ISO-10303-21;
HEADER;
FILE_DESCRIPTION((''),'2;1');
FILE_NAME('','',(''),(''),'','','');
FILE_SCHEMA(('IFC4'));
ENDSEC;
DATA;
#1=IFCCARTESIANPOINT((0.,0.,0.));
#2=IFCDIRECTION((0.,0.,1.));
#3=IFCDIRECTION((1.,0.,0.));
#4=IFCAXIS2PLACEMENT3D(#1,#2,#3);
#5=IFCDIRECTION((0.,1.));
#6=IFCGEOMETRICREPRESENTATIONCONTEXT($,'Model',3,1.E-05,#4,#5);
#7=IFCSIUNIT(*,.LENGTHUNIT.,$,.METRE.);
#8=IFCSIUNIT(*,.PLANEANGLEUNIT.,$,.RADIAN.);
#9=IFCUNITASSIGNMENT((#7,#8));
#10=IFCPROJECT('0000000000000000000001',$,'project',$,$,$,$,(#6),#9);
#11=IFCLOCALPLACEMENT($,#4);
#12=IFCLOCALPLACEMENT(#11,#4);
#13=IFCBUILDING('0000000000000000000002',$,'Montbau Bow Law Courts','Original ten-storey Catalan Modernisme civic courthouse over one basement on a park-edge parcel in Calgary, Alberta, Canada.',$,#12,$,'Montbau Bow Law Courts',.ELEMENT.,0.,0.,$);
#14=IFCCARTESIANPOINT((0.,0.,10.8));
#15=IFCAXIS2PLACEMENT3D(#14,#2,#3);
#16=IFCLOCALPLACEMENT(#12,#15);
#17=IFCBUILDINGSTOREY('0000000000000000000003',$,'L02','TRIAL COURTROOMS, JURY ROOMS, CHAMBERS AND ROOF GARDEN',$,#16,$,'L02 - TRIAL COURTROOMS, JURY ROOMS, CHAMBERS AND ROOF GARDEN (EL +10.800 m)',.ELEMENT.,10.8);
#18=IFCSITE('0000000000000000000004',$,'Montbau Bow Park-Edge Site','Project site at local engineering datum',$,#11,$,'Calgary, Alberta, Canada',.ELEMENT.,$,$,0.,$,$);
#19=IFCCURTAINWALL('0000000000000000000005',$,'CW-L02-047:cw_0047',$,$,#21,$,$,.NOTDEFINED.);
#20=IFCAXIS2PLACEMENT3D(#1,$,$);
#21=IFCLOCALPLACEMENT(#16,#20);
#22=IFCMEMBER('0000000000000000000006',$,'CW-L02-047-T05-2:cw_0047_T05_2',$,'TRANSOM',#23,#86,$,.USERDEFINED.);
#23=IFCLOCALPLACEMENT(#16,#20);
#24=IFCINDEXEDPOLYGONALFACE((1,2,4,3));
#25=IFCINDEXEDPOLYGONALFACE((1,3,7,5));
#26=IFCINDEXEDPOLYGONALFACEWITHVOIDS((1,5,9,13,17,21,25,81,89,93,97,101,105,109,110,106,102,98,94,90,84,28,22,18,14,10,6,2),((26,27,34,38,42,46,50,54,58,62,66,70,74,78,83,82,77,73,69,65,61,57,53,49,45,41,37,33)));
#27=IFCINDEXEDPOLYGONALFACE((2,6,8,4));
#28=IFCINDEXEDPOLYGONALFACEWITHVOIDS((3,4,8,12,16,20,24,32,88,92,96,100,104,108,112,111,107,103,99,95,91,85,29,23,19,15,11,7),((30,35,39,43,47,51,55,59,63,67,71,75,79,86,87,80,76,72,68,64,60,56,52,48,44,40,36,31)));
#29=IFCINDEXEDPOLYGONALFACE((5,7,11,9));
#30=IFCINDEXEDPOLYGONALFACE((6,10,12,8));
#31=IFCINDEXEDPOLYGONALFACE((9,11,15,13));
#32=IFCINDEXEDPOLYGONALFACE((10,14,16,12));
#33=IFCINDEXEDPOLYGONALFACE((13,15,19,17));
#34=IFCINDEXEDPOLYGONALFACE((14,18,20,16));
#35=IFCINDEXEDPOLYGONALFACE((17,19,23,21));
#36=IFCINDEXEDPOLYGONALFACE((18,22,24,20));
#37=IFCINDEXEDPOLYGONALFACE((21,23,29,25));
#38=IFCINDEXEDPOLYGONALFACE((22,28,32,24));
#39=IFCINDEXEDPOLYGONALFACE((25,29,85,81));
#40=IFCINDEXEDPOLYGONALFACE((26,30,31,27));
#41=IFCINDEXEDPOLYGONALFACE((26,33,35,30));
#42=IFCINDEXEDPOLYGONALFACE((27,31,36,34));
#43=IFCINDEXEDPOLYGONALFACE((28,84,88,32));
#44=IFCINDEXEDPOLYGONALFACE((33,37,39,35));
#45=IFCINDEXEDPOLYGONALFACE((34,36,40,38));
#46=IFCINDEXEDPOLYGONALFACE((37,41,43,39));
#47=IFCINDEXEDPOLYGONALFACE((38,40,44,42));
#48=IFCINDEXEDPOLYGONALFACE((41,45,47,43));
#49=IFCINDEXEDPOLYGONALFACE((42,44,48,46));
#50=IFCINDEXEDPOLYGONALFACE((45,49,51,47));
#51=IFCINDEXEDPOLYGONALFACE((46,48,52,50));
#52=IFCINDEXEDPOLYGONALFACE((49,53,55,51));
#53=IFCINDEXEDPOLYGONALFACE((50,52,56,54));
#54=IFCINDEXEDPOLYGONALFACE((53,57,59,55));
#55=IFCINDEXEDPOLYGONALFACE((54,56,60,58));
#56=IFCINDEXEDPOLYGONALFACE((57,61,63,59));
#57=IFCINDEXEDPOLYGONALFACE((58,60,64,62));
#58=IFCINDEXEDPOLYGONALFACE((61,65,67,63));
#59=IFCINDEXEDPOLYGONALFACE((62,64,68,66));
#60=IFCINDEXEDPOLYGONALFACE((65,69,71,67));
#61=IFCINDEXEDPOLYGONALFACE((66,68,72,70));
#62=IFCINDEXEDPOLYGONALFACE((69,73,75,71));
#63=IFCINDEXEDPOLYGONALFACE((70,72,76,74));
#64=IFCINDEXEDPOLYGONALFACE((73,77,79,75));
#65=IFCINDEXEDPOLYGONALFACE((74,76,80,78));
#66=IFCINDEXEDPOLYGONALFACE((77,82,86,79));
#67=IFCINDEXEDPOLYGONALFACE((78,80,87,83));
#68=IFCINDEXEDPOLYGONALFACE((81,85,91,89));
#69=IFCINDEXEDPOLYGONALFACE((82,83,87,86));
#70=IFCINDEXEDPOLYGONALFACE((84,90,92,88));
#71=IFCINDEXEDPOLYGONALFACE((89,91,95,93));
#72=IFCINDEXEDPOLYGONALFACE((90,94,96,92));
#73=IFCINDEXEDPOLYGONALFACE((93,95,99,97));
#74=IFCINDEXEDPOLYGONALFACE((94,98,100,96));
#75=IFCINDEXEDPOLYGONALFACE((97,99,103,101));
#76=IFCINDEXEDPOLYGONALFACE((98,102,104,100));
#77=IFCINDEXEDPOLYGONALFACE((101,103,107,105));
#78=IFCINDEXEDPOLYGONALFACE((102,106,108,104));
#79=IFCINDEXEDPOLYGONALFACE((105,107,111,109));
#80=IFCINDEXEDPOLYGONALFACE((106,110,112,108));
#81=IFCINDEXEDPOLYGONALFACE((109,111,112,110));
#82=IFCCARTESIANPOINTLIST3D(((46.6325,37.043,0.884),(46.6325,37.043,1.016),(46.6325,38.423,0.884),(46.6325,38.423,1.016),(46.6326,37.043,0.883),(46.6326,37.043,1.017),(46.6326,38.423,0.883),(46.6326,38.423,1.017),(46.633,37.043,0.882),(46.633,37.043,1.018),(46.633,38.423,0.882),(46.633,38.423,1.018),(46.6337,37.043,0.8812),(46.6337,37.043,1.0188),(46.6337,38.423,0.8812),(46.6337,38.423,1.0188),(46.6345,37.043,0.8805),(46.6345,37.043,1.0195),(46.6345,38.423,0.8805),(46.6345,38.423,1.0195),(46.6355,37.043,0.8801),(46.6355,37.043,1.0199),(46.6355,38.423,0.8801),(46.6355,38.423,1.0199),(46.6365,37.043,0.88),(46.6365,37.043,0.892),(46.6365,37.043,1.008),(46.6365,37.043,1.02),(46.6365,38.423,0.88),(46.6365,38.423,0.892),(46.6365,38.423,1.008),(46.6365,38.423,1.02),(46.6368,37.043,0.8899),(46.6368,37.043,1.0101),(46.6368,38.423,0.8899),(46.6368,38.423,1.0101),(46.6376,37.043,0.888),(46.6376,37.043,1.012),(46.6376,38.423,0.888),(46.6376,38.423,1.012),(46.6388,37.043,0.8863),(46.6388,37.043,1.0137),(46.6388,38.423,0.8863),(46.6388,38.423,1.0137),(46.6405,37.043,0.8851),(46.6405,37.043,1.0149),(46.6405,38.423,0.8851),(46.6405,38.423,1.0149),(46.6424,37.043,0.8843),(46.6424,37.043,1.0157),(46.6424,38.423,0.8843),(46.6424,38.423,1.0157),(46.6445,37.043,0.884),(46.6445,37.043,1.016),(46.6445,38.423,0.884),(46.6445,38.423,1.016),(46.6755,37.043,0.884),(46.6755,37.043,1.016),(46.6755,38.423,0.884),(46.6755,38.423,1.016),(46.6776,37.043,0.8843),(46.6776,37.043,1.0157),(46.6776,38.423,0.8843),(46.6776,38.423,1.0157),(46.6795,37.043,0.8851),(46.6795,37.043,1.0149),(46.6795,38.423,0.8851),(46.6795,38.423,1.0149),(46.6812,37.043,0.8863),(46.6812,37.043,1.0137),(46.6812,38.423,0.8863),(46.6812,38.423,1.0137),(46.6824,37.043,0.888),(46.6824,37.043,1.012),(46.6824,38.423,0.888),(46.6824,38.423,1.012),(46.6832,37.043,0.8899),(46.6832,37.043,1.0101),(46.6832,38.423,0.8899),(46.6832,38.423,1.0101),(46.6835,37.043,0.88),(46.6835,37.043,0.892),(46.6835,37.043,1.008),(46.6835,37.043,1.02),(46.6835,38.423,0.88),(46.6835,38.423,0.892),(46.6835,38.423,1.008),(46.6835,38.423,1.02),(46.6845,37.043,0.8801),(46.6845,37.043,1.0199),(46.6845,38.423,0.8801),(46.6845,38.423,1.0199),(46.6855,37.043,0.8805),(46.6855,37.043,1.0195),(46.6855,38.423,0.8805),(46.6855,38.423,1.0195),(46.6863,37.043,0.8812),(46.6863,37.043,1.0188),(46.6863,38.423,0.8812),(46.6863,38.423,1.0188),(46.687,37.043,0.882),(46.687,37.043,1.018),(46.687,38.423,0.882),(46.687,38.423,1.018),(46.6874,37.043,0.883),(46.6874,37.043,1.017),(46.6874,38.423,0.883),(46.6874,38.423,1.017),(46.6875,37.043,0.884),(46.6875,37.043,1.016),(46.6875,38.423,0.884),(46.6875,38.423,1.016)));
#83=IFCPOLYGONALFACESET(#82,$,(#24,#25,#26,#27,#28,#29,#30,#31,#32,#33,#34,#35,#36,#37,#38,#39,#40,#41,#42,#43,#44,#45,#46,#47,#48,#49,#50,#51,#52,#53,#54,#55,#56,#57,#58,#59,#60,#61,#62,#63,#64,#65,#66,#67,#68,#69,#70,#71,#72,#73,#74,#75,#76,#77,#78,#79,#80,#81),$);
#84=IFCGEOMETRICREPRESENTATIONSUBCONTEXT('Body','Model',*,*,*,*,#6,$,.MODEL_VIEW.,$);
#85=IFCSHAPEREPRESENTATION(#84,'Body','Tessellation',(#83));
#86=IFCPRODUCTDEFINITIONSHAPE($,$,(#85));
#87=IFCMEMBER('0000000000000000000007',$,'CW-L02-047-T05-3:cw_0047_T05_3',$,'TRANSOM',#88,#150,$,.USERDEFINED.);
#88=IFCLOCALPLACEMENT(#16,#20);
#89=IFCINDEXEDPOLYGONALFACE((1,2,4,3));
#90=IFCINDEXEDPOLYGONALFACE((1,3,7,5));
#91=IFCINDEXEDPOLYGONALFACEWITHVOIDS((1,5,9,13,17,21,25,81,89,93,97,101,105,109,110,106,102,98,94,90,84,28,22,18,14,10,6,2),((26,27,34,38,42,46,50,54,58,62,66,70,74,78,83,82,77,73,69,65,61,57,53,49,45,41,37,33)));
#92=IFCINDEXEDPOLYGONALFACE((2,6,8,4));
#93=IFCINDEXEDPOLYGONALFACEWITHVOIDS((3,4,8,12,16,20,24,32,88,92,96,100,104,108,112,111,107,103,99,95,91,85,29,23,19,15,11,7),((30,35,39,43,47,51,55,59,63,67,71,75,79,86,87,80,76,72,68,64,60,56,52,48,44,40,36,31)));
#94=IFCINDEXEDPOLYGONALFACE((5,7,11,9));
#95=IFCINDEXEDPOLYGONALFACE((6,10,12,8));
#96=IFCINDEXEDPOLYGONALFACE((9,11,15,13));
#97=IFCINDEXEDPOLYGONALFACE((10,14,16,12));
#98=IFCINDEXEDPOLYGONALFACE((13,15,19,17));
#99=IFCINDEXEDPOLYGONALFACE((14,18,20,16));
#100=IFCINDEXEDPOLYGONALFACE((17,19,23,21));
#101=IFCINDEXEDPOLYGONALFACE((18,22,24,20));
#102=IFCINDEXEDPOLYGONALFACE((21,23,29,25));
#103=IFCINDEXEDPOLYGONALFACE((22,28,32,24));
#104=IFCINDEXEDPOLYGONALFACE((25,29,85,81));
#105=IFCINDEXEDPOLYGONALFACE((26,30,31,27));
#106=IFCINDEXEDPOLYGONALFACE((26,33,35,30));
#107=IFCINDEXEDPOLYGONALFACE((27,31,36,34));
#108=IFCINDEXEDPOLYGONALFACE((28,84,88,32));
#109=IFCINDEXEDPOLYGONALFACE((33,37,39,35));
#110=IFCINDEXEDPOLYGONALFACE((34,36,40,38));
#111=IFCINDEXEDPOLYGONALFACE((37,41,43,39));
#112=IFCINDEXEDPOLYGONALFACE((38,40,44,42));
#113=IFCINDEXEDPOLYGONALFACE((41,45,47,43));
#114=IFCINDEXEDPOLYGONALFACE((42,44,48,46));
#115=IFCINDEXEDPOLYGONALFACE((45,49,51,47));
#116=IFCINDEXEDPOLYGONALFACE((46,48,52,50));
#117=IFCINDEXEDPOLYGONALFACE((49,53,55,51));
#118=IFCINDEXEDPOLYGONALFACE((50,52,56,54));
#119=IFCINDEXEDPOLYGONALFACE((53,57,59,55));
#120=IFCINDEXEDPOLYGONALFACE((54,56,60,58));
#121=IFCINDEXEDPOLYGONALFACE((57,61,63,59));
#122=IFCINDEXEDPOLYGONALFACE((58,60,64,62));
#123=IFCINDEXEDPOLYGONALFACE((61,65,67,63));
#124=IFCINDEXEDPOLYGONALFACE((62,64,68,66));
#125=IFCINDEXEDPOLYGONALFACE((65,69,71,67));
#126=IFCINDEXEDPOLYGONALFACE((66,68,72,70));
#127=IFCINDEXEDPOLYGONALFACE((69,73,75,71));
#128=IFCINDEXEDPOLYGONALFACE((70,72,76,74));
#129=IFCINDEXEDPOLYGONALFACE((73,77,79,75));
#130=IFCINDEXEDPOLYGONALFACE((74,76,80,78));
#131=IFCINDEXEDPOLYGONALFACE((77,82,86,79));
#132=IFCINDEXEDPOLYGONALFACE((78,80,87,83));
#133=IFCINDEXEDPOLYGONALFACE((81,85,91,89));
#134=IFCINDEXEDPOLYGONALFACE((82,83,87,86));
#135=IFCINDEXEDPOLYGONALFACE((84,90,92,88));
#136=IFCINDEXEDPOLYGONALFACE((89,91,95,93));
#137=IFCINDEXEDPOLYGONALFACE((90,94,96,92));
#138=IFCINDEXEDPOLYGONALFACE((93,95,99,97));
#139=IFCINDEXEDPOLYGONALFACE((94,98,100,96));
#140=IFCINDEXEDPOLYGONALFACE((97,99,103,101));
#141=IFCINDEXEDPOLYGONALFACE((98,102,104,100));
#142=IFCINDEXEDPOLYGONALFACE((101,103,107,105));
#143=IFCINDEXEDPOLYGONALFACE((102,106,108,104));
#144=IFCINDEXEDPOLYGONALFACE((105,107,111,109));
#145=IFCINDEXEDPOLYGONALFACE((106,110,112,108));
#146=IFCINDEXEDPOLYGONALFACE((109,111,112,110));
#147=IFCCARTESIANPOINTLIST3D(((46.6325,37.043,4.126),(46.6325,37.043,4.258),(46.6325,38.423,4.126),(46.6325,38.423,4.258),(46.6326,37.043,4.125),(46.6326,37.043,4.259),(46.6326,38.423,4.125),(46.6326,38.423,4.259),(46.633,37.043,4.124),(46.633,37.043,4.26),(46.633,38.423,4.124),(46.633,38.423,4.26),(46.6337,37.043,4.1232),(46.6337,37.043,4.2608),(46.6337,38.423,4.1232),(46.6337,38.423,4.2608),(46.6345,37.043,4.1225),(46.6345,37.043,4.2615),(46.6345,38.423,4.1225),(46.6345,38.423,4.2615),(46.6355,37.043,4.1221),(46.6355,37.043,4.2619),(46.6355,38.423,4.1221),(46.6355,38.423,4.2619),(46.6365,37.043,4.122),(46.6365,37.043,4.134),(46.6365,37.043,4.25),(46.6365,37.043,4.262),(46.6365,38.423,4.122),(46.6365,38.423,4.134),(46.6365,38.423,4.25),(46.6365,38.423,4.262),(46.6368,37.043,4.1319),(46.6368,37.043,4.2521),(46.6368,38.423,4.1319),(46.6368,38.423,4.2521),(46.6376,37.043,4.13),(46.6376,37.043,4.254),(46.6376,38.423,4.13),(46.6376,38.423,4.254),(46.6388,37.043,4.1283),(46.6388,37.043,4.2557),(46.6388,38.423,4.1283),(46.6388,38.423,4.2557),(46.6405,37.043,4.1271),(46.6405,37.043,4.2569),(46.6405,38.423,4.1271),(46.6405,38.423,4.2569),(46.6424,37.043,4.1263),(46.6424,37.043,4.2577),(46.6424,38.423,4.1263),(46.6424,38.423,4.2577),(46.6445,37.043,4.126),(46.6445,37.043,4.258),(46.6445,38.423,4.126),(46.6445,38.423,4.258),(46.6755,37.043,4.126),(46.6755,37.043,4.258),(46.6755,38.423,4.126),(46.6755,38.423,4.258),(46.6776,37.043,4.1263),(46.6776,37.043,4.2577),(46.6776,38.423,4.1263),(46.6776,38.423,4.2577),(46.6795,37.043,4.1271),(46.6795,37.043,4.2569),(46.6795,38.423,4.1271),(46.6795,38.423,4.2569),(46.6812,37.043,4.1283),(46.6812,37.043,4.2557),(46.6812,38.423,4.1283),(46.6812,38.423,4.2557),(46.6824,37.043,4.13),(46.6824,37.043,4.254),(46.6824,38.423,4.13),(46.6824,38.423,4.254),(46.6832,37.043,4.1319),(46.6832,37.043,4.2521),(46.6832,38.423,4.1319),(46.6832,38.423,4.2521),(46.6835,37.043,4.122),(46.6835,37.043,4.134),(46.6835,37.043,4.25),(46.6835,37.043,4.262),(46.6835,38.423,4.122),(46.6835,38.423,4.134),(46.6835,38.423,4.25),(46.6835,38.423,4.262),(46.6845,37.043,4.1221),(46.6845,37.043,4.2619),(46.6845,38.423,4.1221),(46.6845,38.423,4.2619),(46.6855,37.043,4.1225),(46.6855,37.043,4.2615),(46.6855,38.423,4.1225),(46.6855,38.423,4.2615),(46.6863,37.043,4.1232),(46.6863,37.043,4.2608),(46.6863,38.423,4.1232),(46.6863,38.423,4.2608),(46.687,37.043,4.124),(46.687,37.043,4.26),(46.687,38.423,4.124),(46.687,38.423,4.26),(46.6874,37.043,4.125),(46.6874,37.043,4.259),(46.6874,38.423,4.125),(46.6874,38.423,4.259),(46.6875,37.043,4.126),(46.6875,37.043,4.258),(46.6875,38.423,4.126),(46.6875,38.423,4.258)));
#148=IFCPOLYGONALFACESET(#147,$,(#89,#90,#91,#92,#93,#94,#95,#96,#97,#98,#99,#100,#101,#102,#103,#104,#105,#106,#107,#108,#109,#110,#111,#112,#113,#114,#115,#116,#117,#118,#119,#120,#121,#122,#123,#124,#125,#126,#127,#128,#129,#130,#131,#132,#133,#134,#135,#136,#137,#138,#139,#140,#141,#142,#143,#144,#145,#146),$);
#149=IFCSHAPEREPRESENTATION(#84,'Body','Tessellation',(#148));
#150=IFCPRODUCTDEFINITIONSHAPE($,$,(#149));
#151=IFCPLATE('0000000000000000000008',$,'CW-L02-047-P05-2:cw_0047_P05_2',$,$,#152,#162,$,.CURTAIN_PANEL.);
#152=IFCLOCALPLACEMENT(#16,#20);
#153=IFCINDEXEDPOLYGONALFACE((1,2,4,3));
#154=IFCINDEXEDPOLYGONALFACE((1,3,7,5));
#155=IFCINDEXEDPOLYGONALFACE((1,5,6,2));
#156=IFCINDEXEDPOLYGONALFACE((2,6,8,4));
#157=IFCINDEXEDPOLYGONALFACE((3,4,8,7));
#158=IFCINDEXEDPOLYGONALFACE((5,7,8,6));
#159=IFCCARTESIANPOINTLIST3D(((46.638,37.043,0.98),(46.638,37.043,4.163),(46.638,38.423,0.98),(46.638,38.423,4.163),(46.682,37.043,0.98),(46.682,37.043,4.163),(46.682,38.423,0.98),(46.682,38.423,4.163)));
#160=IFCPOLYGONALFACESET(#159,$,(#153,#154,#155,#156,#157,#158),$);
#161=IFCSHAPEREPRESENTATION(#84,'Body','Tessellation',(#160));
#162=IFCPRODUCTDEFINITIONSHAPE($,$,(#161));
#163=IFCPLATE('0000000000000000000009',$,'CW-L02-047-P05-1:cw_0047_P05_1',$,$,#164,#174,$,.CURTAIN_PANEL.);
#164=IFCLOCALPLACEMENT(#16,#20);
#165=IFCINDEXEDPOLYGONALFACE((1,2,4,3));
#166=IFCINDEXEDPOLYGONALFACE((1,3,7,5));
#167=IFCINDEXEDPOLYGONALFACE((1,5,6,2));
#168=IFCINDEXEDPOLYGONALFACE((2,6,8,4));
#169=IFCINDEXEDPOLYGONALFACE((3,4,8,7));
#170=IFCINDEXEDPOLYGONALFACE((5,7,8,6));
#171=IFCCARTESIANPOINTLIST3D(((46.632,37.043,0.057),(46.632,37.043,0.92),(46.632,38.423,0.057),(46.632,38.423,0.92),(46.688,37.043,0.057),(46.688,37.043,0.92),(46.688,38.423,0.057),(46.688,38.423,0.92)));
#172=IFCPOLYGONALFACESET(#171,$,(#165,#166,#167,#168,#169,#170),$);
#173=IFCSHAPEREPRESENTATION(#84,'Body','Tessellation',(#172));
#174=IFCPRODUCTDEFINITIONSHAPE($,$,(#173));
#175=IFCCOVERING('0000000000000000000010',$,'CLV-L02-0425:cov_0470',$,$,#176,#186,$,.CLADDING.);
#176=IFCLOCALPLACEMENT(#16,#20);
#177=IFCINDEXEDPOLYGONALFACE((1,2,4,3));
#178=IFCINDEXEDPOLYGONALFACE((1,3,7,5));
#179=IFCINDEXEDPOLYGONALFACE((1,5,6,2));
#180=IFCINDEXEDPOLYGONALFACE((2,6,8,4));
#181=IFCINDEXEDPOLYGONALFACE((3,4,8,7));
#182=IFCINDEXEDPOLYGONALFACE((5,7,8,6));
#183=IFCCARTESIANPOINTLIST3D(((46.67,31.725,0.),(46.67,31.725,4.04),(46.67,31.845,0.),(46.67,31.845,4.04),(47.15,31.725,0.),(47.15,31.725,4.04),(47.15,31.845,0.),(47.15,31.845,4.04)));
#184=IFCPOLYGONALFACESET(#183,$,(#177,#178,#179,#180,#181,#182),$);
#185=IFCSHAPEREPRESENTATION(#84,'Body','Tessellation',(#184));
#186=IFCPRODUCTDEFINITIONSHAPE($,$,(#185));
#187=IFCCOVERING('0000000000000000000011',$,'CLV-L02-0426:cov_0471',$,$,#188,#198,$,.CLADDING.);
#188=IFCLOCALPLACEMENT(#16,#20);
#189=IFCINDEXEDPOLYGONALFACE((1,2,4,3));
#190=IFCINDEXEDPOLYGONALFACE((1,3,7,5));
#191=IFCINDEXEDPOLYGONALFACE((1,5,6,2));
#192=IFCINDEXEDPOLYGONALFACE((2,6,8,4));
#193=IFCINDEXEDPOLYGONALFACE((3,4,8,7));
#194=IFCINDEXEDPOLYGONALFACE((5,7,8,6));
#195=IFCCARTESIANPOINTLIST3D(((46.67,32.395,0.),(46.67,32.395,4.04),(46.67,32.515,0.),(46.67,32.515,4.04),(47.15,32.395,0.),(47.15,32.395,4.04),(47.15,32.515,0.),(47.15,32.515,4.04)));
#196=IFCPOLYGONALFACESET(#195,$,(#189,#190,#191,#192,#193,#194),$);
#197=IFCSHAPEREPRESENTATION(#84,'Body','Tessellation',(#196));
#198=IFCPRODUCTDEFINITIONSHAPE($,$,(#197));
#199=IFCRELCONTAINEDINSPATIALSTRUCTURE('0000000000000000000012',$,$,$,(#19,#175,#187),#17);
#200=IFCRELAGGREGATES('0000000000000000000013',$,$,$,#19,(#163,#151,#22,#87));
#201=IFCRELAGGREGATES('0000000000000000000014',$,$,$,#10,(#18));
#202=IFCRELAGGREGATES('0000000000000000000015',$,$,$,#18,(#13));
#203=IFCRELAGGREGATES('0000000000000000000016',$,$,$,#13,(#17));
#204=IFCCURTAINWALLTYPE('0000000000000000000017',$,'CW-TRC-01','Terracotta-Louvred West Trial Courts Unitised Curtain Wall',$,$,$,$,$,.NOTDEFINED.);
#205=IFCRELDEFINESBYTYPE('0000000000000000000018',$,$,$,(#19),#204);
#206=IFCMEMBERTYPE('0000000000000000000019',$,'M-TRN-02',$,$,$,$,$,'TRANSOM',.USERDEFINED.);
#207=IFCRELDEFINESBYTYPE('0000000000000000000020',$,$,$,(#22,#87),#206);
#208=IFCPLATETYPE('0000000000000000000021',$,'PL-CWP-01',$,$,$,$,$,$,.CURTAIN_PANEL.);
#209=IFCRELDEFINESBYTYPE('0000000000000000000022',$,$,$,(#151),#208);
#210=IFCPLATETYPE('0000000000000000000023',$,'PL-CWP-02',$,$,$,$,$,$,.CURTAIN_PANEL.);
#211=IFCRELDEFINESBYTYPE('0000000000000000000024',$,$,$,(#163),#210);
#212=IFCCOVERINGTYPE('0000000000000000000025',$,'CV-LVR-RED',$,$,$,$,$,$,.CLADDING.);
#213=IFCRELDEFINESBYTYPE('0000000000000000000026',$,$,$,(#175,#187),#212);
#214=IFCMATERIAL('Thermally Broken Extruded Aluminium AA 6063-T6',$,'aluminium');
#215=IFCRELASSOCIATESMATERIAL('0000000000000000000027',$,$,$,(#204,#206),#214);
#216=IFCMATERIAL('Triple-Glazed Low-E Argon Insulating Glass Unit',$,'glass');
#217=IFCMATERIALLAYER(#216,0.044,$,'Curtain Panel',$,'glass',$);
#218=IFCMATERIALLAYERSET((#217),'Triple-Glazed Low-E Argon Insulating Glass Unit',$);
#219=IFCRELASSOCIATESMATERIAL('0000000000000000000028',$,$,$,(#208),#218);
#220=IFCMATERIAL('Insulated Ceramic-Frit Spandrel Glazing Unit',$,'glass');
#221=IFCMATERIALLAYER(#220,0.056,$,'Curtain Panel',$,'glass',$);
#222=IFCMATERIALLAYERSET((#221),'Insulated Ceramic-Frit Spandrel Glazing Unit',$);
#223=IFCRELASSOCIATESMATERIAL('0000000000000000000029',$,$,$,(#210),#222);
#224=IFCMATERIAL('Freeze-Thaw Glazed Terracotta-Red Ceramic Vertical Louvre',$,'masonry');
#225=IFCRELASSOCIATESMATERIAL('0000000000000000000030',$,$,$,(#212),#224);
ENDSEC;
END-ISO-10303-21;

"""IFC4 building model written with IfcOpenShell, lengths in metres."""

from ifc_helpers import new_model, si_unit, direction, frame, frame_2d, origin_with_axes, origin_2d_with_axis, place, context, subcontext, project, spatial, rectangle, hollow_rectangle, extrude, material, layer, layer_set, material_profile, profile_set, type_object, element, aggregate, save


model = new_model("IFC4")

# Units and contexts
model_context = context("Model", 3, precision=1e-05, world=origin_with_axes(), true_north=direction((0.0, 1.0)))
body_context = subcontext(model_context, "Body", "Model", "MODEL_VIEW")
ifc_project = project(units=[si_unit("LENGTHUNIT", "METRE"), si_unit("PLANEANGLEUNIT", "RADIAN")], contexts=[model_context])

# Site, building, storey
site_placement = place(None, origin_with_axes())
site = spatial("IfcSite", under=ifc_project, at=site_placement, Name="Montbau Bow Park-Edge Site", Description="Project site at local engineering datum", LongName="Calgary, Alberta, Canada", CompositionType="ELEMENT", RefElevation=0.0)
building_placement = place(site_placement, origin_with_axes())
building = spatial("IfcBuilding", under=site, at=building_placement, Name="Montbau Bow Law Courts", Description="Original ten-storey Catalan Modernisme civic courthouse over one basement on a park-edge parcel in Calgary, Alberta, Canada.", LongName="Montbau Bow Law Courts", CompositionType="ELEMENT", ElevationOfRefHeight=0.0, ElevationOfTerrain=0.0)
storey_placement = place(building_placement, frame((0.0, 0.0, 10.8), z_axis=(0.0, 0.0, 1.0), x_axis=(1.0, 0.0, 0.0)))
storey = spatial("IfcBuildingStorey", under=building, at=storey_placement, Name="L02", Description="TRIAL COURTROOMS, JURY ROOMS, CHAMBERS AND ROOF GARDEN", LongName="L02 - TRIAL COURTROOMS, JURY ROOMS, CHAMBERS AND ROOF GARDEN (EL +10.800 m)", CompositionType="ELEMENT", Elevation=10.8)

# Curtain wall, members, plates
ifc_material_1 = material(Name="Thermally Broken Extruded Aluminium AA 6063-T6", Category="aluminium")
curtain_wall_type = type_object("IfcCurtainWallType", Name="CW-TRC-01", Description="Terracotta-Louvred West Trial Courts Unitised Curtain Wall", PredefinedType="NOTDEFINED", material=ifc_material_1)
curtain_wall_placement = place(None, frame((46.66, 31.115, 10.8), z_axis=(0.0, 0.0, 1.0), x_axis=(1.0, 0.0, 0.0)))
curtain_wall = element("IfcCurtainWall", 1, at=curtain_wall_placement, inside=storey, type_object=curtain_wall_type, Name="CW-L02-047:cw_0047", PredefinedType="NOTDEFINED")
ifc_material_profile_1 = material_profile(ifc_material_1, hollow_rectangle(XDim=0.055, YDim=0.14, WallThickness=0.004, InnerFilletRadius=0.008, OuterFilletRadius=0.004, at=origin_2d_with_axis()), Name="CWT-140X55", Category="Main", Priority=0)
ifc_profile_set_1 = profile_set([ifc_material_profile_1], Name="Thermally Broken Extruded Aluminium AA 6063-T6")
member_type_1 = type_object("IfcMemberType", Name="M-TRN-02", ElementType="TRANSOM", PredefinedType="USERDEFINED", material=ifc_profile_set_1)
member_1_placement = place(None, frame((46.66, 37.043, 11.75), z_axis=(0.0, 1.0, 0.0), x_axis=(-1.0, 0.0, 0.0)))
member_1 = element("IfcMember", 2, at=member_1_placement, type_object=member_type_1, Name="CW-L02-047-T05-2:cw_0047_T05_2", ObjectType="TRANSOM", PredefinedType="USERDEFINED", context=body_context, shape_type="SweptSolid", body=[
    extrude(hollow_rectangle(XDim=0.055, YDim=0.14, WallThickness=0.004, InnerFilletRadius=0.008, OuterFilletRadius=0.004, at=origin_2d_with_axis()), origin_with_axes(), (0.0, 0.0, 1.0), 1.38),
])
member_2_placement = place(None, frame((46.66, 37.043, 14.992), z_axis=(0.0, 1.0, 0.0), x_axis=(-1.0, 0.0, 0.0)))
member_2 = element("IfcMember", 3, at=member_2_placement, type_object=member_type_1, Name="CW-L02-047-T05-3:cw_0047_T05_3", ObjectType="TRANSOM", PredefinedType="USERDEFINED", context=body_context, shape_type="SweptSolid", body=[
    extrude(hollow_rectangle(XDim=0.055, YDim=0.14, WallThickness=0.004, InnerFilletRadius=0.008, OuterFilletRadius=0.004, at=origin_2d_with_axis()), origin_with_axes(), (0.0, 0.0, 1.0), 1.38),
])
ifc_material_2 = material(Name="Triple-Glazed Low-E Argon Insulating Glass Unit", Category="glass")
ifc_layer_1 = layer(ifc_material_2, 0.044, Name="Curtain Panel", Category="glass")
ifc_layer_set_1 = layer_set([ifc_layer_1], Name="Triple-Glazed Low-E Argon Insulating Glass Unit")
plate_type_1 = type_object("IfcPlateType", Name="PL-CWP-01", PredefinedType="CURTAIN_PANEL", material=ifc_layer_set_1)
plate_1_placement = place(None, frame((46.66, 37.043, 11.78), z_axis=(1.0, 0.0, 0.0), x_axis=(0.0, 1.0, 0.0)))
plate_1 = element("IfcPlate", 4, at=plate_1_placement, type_object=plate_type_1, Name="CW-L02-047-P05-2:cw_0047_P05_2", PredefinedType="CURTAIN_PANEL", context=body_context, shape_type="SweptSolid", body=[
    extrude(rectangle(XDim=1.38, YDim=3.183, at=frame_2d((0.69, 1.5915), x_axis=(1.0, 0.0))), frame((0.0, 0.0, -0.022), z_axis=(0.0, 0.0, 1.0), x_axis=(1.0, 0.0, 0.0)), (0.0, 0.0, 1.0), 0.044),
])
ifc_material_3 = material(Name="Insulated Ceramic-Frit Spandrel Glazing Unit", Category="glass")
ifc_layer_2 = layer(ifc_material_3, 0.056, Name="Curtain Panel", Category="glass")
ifc_layer_set_2 = layer_set([ifc_layer_2], Name="Insulated Ceramic-Frit Spandrel Glazing Unit")
plate_type_2 = type_object("IfcPlateType", Name="PL-CWP-02", PredefinedType="CURTAIN_PANEL", material=ifc_layer_set_2)
plate_2_placement = place(None, frame((46.66, 37.043, 10.857), z_axis=(1.0, 0.0, 0.0), x_axis=(0.0, 1.0, 0.0)))
plate_2 = element("IfcPlate", 5, at=plate_2_placement, type_object=plate_type_2, Name="CW-L02-047-P05-1:cw_0047_P05_1", PredefinedType="CURTAIN_PANEL", context=body_context, shape_type="SweptSolid", body=[
    extrude(rectangle(XDim=1.38, YDim=0.863, at=frame_2d((0.69, 0.4315), x_axis=(1.0, 0.0))), frame((0.0, 0.0, -0.028), z_axis=(0.0, 0.0, 1.0), x_axis=(1.0, 0.0, 0.0)), (0.0, 0.0, 1.0), 0.056),
])
aggregate(curtain_wall, [plate_2, plate_1, member_1, member_2])

# Coverings
ifc_material_4 = material(Name="Freeze-Thaw Glazed Terracotta-Red Ceramic Vertical Louvre", Category="masonry")
covering_type = type_object("IfcCoveringType", Name="CV-LVR-RED", PredefinedType="CLADDING", material=ifc_material_4)
for number, where, z_axis, x_axis, name in (
    (6, (46.67, 31.785, 10.8), (0.0, -1.0, 0.0), (1.0, 0.0, 0.0), "CLV-L02-0425:cov_0470"),
    (7, (46.67, 32.455, 10.8), (0.0, -1.0, 0.0), (1.0, 0.0, 0.0), "CLV-L02-0426:cov_0471"),
):
    element("IfcCovering", number, at=place(None, frame(where, z_axis=z_axis, x_axis=x_axis)), inside=storey, type_object=covering_type, Name=name, PredefinedType="CLADDING", context=body_context, shape_type="SweptSolid", body=[
        extrude(rectangle(XDim=0.48, YDim=4.04, at=frame_2d((0.24, 2.02), x_axis=(1.0, 0.0))), frame((0.0, 0.0, -0.06), z_axis=(0.0, 0.0, 1.0), x_axis=(1.0, 0.0, 0.0)), (0.0, 0.0, 1.0), 0.12),
    ])

save(model, "model.ifc")
